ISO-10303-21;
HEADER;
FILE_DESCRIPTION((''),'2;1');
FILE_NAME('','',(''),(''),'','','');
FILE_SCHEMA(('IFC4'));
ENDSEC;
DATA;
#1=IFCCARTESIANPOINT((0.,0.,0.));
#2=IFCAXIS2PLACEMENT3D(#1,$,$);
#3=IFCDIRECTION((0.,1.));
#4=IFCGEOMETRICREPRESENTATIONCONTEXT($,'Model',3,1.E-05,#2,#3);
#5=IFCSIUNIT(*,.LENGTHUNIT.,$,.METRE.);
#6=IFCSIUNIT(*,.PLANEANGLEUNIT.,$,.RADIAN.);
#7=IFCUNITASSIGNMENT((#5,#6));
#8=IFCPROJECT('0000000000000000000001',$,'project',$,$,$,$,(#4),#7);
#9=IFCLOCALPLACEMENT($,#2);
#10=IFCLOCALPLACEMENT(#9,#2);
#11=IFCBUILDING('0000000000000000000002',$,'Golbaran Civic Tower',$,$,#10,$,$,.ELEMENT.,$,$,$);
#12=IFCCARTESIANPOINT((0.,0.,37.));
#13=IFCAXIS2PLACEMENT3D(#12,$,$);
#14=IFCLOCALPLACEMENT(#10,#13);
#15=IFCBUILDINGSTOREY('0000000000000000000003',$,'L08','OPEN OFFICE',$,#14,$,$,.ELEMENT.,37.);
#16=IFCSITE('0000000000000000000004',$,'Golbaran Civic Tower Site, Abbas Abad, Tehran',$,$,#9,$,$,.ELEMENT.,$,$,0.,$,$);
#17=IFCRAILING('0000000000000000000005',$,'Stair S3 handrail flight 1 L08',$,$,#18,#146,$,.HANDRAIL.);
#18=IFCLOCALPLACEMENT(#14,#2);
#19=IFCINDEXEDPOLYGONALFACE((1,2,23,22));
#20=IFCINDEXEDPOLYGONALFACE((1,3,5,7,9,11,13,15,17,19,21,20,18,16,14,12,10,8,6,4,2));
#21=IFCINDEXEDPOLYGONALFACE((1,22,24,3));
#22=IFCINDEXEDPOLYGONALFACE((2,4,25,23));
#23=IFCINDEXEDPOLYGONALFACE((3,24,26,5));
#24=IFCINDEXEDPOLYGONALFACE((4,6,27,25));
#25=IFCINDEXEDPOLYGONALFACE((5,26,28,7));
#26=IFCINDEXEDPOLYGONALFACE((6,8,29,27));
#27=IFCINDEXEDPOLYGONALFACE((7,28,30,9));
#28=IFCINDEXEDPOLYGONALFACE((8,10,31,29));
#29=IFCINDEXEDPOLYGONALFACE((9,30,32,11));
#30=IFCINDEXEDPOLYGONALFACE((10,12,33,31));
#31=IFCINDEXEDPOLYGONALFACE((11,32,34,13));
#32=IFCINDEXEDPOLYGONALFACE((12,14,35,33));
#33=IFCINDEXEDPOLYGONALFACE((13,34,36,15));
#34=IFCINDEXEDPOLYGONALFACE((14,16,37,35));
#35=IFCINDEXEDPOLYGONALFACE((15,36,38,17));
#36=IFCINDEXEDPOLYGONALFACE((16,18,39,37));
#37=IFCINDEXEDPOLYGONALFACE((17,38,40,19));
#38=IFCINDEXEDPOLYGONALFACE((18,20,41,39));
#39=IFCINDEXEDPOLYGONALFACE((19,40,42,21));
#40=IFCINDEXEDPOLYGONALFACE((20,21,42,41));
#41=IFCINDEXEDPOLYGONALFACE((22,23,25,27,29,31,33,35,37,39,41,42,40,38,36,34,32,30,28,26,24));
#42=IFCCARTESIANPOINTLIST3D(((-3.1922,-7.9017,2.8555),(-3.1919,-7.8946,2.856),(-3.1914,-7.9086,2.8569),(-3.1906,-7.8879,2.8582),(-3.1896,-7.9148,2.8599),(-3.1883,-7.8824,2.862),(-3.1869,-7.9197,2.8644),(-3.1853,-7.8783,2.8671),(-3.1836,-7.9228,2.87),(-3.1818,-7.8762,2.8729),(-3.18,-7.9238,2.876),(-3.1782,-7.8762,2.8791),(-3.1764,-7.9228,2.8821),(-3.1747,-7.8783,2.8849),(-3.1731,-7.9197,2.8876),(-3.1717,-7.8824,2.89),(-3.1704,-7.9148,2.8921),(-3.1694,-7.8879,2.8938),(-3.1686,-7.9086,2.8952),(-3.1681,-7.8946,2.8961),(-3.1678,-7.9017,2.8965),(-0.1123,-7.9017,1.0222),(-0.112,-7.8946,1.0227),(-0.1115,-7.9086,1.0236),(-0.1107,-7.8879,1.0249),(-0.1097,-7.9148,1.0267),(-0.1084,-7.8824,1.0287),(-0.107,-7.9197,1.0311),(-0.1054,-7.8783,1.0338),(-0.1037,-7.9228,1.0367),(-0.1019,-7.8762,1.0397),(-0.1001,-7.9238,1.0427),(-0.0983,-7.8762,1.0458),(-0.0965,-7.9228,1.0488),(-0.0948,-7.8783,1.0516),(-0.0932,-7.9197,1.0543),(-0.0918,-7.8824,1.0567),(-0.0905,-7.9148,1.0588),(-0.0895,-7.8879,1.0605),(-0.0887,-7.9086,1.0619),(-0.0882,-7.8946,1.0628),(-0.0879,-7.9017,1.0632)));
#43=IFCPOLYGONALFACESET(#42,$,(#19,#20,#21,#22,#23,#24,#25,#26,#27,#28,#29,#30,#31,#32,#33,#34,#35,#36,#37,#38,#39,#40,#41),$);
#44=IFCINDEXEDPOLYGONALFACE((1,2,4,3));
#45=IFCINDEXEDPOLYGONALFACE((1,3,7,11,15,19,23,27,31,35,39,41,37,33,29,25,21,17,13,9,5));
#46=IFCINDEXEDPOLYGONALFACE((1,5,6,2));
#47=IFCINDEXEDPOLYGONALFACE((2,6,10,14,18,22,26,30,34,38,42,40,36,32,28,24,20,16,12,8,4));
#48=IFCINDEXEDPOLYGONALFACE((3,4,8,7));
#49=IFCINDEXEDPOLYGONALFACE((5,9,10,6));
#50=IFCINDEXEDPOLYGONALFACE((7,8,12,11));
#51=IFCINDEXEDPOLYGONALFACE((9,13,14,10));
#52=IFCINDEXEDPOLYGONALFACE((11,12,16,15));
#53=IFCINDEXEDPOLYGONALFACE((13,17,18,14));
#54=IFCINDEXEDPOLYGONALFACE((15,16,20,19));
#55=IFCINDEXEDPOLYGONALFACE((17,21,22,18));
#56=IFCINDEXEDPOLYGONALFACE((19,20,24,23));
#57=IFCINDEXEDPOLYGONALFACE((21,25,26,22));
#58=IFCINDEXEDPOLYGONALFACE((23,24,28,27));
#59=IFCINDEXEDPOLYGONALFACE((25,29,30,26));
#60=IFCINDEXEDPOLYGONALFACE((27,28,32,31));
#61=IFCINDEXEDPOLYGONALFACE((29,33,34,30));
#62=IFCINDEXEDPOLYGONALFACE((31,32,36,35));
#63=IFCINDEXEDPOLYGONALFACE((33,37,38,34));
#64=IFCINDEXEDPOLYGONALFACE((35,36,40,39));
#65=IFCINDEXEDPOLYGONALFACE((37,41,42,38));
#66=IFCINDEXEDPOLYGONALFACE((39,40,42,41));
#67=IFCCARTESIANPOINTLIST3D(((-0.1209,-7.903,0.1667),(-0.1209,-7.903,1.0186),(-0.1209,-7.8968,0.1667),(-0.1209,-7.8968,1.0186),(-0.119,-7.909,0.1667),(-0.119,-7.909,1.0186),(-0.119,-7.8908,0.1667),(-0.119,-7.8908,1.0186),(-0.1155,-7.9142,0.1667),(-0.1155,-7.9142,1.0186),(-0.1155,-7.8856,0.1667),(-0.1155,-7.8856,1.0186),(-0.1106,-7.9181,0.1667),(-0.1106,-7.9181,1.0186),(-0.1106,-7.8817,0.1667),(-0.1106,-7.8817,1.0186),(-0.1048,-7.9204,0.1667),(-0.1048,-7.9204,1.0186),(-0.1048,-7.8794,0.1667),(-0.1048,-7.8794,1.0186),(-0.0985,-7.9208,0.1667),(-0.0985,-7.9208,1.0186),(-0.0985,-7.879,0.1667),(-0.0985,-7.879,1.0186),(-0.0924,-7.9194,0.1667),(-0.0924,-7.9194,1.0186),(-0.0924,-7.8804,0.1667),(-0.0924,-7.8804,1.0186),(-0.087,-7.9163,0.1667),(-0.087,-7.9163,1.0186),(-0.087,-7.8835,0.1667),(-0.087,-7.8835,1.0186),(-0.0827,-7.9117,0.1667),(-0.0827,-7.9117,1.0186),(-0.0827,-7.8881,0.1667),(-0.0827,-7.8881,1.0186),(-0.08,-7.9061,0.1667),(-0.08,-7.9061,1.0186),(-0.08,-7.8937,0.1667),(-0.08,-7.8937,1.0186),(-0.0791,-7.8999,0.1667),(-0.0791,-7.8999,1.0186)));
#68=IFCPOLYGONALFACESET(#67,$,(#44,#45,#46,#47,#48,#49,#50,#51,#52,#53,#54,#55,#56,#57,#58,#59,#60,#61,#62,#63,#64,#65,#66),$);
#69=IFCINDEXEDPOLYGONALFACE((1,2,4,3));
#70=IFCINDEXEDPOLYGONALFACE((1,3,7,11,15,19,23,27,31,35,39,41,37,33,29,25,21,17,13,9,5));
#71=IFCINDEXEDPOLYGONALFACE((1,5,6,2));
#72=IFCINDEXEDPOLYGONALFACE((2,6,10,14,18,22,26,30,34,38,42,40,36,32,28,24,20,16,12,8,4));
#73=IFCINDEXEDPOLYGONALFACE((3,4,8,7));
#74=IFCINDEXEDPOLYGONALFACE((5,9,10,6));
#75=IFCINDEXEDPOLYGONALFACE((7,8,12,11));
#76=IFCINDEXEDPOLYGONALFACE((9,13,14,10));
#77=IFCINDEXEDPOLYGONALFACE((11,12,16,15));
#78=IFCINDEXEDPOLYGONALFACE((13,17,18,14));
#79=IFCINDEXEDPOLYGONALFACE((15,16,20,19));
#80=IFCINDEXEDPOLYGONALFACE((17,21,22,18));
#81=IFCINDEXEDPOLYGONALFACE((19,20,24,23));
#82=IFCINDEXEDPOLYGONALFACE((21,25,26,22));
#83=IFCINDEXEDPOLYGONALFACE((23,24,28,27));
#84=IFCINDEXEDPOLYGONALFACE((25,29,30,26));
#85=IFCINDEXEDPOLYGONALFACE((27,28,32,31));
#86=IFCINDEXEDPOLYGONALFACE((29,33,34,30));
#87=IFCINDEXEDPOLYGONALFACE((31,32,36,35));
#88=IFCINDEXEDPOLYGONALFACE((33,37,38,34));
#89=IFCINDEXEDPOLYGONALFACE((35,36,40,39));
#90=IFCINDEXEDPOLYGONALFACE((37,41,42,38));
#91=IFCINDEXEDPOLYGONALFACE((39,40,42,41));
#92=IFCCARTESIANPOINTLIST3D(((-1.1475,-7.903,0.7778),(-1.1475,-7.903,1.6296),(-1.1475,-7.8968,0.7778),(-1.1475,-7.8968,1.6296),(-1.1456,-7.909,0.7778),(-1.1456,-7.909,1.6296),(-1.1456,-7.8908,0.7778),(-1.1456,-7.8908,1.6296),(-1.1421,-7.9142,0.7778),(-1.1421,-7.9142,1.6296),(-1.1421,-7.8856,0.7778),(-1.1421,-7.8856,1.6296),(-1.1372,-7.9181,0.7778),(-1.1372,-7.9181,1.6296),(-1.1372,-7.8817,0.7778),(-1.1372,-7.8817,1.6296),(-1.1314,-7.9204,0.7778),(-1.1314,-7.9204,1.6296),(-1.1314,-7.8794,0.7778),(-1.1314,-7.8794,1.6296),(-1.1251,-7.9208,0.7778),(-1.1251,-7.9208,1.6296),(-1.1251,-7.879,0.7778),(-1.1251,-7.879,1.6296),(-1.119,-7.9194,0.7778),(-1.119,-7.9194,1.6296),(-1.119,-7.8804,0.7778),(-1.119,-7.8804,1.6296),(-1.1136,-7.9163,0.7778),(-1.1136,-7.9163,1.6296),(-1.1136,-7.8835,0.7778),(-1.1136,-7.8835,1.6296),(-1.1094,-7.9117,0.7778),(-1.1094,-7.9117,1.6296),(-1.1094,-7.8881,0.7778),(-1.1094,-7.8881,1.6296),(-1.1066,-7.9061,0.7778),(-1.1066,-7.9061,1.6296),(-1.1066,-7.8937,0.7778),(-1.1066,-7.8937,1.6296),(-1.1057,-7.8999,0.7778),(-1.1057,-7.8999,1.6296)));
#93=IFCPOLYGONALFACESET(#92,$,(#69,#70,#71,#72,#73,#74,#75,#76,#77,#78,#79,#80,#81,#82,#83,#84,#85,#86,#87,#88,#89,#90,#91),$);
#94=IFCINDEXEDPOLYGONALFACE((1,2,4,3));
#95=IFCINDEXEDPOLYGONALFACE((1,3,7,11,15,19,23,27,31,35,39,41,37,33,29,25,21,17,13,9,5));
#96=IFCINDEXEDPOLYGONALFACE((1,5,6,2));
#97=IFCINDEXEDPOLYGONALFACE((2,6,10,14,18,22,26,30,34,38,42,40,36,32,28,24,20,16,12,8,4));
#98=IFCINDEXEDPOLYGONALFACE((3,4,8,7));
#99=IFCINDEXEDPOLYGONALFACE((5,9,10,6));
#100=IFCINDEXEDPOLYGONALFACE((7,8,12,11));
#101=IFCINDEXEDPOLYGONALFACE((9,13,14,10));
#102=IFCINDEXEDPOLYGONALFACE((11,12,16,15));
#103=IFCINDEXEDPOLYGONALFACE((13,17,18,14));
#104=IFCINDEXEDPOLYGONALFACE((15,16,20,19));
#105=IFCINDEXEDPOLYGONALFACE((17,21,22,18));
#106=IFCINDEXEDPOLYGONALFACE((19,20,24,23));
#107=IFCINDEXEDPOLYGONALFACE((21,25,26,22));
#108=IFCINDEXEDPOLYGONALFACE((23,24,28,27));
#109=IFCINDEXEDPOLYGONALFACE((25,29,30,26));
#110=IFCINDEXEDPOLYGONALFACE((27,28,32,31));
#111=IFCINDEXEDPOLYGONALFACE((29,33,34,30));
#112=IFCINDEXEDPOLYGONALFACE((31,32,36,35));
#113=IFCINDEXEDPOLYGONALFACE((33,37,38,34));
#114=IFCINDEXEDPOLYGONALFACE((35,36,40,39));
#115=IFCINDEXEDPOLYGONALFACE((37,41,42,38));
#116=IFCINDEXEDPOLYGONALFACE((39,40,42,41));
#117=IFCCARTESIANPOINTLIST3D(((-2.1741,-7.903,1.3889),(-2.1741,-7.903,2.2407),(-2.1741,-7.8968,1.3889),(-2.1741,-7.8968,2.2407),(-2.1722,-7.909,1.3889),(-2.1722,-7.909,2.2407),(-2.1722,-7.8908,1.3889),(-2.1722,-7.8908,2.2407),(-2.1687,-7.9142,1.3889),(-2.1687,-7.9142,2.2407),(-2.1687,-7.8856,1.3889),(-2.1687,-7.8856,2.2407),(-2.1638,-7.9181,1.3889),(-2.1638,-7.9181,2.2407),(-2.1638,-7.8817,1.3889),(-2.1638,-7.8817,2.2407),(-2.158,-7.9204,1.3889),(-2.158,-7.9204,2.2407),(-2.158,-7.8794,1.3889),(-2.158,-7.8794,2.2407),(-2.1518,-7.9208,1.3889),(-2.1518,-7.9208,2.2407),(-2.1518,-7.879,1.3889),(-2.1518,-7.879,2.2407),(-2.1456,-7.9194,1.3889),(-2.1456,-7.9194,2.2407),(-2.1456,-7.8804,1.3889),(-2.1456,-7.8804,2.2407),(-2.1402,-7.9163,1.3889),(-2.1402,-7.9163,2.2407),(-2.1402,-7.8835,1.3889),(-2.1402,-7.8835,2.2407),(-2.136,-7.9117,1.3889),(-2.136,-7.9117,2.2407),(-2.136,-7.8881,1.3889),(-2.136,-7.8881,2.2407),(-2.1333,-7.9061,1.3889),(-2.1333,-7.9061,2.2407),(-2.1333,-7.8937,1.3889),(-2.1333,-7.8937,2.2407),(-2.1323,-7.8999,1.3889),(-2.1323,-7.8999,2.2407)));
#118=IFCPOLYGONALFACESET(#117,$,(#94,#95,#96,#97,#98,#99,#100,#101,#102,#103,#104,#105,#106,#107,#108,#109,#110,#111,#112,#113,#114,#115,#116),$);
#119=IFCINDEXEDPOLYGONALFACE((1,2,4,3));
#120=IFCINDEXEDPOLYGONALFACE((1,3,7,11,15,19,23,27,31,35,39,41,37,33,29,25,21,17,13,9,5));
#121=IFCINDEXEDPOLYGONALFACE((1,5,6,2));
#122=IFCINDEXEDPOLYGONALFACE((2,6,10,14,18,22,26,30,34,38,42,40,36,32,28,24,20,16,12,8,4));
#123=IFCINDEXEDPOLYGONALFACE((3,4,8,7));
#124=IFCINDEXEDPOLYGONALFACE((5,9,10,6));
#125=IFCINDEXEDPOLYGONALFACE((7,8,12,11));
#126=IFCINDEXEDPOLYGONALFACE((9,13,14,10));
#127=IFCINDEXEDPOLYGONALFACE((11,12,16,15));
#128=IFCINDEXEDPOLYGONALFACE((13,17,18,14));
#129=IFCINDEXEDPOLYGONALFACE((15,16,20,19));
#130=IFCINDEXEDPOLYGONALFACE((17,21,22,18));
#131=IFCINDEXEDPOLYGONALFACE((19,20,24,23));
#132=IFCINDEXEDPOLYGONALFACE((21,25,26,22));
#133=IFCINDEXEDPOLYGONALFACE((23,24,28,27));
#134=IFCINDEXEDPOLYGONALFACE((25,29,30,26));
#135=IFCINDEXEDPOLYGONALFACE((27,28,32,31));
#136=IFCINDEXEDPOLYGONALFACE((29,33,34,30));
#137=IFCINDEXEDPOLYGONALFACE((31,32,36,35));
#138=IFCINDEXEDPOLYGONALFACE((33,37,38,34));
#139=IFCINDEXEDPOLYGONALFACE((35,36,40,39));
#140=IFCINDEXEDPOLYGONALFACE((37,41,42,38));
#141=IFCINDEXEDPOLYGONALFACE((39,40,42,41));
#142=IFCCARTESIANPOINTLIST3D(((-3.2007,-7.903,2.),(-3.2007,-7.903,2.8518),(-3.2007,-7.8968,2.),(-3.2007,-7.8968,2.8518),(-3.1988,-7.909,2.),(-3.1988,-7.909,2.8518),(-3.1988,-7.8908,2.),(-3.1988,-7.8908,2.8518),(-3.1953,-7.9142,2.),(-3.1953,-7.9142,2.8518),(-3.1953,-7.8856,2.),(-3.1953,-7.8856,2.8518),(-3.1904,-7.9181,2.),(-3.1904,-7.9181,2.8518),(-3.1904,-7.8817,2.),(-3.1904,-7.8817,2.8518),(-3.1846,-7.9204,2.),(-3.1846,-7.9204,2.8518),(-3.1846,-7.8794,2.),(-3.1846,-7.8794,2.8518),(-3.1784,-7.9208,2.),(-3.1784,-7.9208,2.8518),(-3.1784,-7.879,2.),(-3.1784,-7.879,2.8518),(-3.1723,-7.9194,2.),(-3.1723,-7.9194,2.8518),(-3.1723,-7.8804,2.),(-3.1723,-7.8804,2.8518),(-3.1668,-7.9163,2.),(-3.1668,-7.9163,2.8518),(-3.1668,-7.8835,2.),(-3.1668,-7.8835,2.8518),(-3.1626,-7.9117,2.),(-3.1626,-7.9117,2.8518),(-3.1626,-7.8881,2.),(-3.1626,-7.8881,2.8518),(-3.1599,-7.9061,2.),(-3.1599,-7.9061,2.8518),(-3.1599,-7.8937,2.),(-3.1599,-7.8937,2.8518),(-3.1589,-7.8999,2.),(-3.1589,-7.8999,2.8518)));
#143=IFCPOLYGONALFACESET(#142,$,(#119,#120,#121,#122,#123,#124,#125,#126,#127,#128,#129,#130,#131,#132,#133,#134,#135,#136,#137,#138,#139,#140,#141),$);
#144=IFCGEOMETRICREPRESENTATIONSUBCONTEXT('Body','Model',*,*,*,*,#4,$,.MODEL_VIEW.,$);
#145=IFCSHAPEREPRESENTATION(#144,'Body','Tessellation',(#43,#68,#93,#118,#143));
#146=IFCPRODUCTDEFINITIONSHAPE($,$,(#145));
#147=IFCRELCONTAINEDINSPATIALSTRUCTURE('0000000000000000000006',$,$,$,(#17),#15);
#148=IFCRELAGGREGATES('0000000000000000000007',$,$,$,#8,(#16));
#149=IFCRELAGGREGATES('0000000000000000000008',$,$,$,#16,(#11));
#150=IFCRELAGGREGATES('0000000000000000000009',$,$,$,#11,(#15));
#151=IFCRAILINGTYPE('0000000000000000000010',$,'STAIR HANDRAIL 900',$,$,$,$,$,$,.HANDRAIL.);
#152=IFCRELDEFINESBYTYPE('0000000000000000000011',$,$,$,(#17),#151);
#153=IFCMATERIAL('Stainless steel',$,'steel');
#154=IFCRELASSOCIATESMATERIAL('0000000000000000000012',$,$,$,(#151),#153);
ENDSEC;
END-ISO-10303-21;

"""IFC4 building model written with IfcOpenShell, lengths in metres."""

from ifc_helpers import new_model, si_unit, direction, frame, origin, origin_2d, place, context, subcontext, project, spatial, circle, extrude, material, type_object, element, save


model = new_model("IFC4")

# Units and contexts
model_context = context("Model", 3, precision=1e-05, world=origin(), true_north=direction((0.0, 1.0)))
body_context = subcontext(model_context, "Body", "Model", "MODEL_VIEW")
ifc_project = project(units=[si_unit("LENGTHUNIT", "METRE"), si_unit("PLANEANGLEUNIT", "RADIAN")], contexts=[model_context])

# Site, building, storey
site_placement = place(None, origin())
site = spatial("IfcSite", under=ifc_project, at=site_placement, Name="Golbaran Civic Tower Site, Abbas Abad, Tehran", CompositionType="ELEMENT", RefElevation=0.0)
building_placement = place(site_placement, origin())
building = spatial("IfcBuilding", under=site, at=building_placement, Name="Golbaran Civic Tower", CompositionType="ELEMENT")
storey_placement = place(building_placement, frame((0.0, 0.0, 37.0)))
storey = spatial("IfcBuildingStorey", under=building, at=storey_placement, Name="L08", Description="OPEN OFFICE", CompositionType="ELEMENT", Elevation=37.0)

# Shared definitions
ifc_material_1 = material(Name="Stainless steel", Category="steel")

# Railing
railing_type = type_object("IfcRailingType", Name="STAIR HANDRAIL 900", PredefinedType="HANDRAIL", material=ifc_material_1)
railing_1_placement = place(storey_placement, frame((-0.1001, -7.8999, 0.1667)))
element("IfcRailing", 1, at=railing_1_placement, inside=storey, type_object=railing_type, Name="Stair S3 handrail flight 1 L08", PredefinedType="HANDRAIL", context=body_context, shape_type="SweptSolid", body=[
    extrude(circle(Radius=0.0239, at=origin_2d()), frame((0.0, 0.0, 0.876), z_axis=(-0.859291, 0.0, 0.511487), x_axis=(0.0, -1.0, 0.0)), (0.0, 0.0, 1.0), 3.5842),
    extrude(circle(Radius=0.021, at=origin_2d()), origin(), (0.0, 0.0, 1.0), 0.8518),
    extrude(circle(Radius=0.021, at=origin_2d()), frame((-1.0266, 0.0, 0.6111)), (0.0, 0.0, 1.0), 0.8518),
    extrude(circle(Radius=0.021, at=origin_2d()), frame((-2.0532, 0.0, 1.2222)), (0.0, 0.0, 1.0), 0.8518),
    extrude(circle(Radius=0.021, at=origin_2d()), frame((-3.0798, 0.0, 1.8333)), (0.0, 0.0, 1.0), 0.8518),
])

save(model, "model.ifc")
